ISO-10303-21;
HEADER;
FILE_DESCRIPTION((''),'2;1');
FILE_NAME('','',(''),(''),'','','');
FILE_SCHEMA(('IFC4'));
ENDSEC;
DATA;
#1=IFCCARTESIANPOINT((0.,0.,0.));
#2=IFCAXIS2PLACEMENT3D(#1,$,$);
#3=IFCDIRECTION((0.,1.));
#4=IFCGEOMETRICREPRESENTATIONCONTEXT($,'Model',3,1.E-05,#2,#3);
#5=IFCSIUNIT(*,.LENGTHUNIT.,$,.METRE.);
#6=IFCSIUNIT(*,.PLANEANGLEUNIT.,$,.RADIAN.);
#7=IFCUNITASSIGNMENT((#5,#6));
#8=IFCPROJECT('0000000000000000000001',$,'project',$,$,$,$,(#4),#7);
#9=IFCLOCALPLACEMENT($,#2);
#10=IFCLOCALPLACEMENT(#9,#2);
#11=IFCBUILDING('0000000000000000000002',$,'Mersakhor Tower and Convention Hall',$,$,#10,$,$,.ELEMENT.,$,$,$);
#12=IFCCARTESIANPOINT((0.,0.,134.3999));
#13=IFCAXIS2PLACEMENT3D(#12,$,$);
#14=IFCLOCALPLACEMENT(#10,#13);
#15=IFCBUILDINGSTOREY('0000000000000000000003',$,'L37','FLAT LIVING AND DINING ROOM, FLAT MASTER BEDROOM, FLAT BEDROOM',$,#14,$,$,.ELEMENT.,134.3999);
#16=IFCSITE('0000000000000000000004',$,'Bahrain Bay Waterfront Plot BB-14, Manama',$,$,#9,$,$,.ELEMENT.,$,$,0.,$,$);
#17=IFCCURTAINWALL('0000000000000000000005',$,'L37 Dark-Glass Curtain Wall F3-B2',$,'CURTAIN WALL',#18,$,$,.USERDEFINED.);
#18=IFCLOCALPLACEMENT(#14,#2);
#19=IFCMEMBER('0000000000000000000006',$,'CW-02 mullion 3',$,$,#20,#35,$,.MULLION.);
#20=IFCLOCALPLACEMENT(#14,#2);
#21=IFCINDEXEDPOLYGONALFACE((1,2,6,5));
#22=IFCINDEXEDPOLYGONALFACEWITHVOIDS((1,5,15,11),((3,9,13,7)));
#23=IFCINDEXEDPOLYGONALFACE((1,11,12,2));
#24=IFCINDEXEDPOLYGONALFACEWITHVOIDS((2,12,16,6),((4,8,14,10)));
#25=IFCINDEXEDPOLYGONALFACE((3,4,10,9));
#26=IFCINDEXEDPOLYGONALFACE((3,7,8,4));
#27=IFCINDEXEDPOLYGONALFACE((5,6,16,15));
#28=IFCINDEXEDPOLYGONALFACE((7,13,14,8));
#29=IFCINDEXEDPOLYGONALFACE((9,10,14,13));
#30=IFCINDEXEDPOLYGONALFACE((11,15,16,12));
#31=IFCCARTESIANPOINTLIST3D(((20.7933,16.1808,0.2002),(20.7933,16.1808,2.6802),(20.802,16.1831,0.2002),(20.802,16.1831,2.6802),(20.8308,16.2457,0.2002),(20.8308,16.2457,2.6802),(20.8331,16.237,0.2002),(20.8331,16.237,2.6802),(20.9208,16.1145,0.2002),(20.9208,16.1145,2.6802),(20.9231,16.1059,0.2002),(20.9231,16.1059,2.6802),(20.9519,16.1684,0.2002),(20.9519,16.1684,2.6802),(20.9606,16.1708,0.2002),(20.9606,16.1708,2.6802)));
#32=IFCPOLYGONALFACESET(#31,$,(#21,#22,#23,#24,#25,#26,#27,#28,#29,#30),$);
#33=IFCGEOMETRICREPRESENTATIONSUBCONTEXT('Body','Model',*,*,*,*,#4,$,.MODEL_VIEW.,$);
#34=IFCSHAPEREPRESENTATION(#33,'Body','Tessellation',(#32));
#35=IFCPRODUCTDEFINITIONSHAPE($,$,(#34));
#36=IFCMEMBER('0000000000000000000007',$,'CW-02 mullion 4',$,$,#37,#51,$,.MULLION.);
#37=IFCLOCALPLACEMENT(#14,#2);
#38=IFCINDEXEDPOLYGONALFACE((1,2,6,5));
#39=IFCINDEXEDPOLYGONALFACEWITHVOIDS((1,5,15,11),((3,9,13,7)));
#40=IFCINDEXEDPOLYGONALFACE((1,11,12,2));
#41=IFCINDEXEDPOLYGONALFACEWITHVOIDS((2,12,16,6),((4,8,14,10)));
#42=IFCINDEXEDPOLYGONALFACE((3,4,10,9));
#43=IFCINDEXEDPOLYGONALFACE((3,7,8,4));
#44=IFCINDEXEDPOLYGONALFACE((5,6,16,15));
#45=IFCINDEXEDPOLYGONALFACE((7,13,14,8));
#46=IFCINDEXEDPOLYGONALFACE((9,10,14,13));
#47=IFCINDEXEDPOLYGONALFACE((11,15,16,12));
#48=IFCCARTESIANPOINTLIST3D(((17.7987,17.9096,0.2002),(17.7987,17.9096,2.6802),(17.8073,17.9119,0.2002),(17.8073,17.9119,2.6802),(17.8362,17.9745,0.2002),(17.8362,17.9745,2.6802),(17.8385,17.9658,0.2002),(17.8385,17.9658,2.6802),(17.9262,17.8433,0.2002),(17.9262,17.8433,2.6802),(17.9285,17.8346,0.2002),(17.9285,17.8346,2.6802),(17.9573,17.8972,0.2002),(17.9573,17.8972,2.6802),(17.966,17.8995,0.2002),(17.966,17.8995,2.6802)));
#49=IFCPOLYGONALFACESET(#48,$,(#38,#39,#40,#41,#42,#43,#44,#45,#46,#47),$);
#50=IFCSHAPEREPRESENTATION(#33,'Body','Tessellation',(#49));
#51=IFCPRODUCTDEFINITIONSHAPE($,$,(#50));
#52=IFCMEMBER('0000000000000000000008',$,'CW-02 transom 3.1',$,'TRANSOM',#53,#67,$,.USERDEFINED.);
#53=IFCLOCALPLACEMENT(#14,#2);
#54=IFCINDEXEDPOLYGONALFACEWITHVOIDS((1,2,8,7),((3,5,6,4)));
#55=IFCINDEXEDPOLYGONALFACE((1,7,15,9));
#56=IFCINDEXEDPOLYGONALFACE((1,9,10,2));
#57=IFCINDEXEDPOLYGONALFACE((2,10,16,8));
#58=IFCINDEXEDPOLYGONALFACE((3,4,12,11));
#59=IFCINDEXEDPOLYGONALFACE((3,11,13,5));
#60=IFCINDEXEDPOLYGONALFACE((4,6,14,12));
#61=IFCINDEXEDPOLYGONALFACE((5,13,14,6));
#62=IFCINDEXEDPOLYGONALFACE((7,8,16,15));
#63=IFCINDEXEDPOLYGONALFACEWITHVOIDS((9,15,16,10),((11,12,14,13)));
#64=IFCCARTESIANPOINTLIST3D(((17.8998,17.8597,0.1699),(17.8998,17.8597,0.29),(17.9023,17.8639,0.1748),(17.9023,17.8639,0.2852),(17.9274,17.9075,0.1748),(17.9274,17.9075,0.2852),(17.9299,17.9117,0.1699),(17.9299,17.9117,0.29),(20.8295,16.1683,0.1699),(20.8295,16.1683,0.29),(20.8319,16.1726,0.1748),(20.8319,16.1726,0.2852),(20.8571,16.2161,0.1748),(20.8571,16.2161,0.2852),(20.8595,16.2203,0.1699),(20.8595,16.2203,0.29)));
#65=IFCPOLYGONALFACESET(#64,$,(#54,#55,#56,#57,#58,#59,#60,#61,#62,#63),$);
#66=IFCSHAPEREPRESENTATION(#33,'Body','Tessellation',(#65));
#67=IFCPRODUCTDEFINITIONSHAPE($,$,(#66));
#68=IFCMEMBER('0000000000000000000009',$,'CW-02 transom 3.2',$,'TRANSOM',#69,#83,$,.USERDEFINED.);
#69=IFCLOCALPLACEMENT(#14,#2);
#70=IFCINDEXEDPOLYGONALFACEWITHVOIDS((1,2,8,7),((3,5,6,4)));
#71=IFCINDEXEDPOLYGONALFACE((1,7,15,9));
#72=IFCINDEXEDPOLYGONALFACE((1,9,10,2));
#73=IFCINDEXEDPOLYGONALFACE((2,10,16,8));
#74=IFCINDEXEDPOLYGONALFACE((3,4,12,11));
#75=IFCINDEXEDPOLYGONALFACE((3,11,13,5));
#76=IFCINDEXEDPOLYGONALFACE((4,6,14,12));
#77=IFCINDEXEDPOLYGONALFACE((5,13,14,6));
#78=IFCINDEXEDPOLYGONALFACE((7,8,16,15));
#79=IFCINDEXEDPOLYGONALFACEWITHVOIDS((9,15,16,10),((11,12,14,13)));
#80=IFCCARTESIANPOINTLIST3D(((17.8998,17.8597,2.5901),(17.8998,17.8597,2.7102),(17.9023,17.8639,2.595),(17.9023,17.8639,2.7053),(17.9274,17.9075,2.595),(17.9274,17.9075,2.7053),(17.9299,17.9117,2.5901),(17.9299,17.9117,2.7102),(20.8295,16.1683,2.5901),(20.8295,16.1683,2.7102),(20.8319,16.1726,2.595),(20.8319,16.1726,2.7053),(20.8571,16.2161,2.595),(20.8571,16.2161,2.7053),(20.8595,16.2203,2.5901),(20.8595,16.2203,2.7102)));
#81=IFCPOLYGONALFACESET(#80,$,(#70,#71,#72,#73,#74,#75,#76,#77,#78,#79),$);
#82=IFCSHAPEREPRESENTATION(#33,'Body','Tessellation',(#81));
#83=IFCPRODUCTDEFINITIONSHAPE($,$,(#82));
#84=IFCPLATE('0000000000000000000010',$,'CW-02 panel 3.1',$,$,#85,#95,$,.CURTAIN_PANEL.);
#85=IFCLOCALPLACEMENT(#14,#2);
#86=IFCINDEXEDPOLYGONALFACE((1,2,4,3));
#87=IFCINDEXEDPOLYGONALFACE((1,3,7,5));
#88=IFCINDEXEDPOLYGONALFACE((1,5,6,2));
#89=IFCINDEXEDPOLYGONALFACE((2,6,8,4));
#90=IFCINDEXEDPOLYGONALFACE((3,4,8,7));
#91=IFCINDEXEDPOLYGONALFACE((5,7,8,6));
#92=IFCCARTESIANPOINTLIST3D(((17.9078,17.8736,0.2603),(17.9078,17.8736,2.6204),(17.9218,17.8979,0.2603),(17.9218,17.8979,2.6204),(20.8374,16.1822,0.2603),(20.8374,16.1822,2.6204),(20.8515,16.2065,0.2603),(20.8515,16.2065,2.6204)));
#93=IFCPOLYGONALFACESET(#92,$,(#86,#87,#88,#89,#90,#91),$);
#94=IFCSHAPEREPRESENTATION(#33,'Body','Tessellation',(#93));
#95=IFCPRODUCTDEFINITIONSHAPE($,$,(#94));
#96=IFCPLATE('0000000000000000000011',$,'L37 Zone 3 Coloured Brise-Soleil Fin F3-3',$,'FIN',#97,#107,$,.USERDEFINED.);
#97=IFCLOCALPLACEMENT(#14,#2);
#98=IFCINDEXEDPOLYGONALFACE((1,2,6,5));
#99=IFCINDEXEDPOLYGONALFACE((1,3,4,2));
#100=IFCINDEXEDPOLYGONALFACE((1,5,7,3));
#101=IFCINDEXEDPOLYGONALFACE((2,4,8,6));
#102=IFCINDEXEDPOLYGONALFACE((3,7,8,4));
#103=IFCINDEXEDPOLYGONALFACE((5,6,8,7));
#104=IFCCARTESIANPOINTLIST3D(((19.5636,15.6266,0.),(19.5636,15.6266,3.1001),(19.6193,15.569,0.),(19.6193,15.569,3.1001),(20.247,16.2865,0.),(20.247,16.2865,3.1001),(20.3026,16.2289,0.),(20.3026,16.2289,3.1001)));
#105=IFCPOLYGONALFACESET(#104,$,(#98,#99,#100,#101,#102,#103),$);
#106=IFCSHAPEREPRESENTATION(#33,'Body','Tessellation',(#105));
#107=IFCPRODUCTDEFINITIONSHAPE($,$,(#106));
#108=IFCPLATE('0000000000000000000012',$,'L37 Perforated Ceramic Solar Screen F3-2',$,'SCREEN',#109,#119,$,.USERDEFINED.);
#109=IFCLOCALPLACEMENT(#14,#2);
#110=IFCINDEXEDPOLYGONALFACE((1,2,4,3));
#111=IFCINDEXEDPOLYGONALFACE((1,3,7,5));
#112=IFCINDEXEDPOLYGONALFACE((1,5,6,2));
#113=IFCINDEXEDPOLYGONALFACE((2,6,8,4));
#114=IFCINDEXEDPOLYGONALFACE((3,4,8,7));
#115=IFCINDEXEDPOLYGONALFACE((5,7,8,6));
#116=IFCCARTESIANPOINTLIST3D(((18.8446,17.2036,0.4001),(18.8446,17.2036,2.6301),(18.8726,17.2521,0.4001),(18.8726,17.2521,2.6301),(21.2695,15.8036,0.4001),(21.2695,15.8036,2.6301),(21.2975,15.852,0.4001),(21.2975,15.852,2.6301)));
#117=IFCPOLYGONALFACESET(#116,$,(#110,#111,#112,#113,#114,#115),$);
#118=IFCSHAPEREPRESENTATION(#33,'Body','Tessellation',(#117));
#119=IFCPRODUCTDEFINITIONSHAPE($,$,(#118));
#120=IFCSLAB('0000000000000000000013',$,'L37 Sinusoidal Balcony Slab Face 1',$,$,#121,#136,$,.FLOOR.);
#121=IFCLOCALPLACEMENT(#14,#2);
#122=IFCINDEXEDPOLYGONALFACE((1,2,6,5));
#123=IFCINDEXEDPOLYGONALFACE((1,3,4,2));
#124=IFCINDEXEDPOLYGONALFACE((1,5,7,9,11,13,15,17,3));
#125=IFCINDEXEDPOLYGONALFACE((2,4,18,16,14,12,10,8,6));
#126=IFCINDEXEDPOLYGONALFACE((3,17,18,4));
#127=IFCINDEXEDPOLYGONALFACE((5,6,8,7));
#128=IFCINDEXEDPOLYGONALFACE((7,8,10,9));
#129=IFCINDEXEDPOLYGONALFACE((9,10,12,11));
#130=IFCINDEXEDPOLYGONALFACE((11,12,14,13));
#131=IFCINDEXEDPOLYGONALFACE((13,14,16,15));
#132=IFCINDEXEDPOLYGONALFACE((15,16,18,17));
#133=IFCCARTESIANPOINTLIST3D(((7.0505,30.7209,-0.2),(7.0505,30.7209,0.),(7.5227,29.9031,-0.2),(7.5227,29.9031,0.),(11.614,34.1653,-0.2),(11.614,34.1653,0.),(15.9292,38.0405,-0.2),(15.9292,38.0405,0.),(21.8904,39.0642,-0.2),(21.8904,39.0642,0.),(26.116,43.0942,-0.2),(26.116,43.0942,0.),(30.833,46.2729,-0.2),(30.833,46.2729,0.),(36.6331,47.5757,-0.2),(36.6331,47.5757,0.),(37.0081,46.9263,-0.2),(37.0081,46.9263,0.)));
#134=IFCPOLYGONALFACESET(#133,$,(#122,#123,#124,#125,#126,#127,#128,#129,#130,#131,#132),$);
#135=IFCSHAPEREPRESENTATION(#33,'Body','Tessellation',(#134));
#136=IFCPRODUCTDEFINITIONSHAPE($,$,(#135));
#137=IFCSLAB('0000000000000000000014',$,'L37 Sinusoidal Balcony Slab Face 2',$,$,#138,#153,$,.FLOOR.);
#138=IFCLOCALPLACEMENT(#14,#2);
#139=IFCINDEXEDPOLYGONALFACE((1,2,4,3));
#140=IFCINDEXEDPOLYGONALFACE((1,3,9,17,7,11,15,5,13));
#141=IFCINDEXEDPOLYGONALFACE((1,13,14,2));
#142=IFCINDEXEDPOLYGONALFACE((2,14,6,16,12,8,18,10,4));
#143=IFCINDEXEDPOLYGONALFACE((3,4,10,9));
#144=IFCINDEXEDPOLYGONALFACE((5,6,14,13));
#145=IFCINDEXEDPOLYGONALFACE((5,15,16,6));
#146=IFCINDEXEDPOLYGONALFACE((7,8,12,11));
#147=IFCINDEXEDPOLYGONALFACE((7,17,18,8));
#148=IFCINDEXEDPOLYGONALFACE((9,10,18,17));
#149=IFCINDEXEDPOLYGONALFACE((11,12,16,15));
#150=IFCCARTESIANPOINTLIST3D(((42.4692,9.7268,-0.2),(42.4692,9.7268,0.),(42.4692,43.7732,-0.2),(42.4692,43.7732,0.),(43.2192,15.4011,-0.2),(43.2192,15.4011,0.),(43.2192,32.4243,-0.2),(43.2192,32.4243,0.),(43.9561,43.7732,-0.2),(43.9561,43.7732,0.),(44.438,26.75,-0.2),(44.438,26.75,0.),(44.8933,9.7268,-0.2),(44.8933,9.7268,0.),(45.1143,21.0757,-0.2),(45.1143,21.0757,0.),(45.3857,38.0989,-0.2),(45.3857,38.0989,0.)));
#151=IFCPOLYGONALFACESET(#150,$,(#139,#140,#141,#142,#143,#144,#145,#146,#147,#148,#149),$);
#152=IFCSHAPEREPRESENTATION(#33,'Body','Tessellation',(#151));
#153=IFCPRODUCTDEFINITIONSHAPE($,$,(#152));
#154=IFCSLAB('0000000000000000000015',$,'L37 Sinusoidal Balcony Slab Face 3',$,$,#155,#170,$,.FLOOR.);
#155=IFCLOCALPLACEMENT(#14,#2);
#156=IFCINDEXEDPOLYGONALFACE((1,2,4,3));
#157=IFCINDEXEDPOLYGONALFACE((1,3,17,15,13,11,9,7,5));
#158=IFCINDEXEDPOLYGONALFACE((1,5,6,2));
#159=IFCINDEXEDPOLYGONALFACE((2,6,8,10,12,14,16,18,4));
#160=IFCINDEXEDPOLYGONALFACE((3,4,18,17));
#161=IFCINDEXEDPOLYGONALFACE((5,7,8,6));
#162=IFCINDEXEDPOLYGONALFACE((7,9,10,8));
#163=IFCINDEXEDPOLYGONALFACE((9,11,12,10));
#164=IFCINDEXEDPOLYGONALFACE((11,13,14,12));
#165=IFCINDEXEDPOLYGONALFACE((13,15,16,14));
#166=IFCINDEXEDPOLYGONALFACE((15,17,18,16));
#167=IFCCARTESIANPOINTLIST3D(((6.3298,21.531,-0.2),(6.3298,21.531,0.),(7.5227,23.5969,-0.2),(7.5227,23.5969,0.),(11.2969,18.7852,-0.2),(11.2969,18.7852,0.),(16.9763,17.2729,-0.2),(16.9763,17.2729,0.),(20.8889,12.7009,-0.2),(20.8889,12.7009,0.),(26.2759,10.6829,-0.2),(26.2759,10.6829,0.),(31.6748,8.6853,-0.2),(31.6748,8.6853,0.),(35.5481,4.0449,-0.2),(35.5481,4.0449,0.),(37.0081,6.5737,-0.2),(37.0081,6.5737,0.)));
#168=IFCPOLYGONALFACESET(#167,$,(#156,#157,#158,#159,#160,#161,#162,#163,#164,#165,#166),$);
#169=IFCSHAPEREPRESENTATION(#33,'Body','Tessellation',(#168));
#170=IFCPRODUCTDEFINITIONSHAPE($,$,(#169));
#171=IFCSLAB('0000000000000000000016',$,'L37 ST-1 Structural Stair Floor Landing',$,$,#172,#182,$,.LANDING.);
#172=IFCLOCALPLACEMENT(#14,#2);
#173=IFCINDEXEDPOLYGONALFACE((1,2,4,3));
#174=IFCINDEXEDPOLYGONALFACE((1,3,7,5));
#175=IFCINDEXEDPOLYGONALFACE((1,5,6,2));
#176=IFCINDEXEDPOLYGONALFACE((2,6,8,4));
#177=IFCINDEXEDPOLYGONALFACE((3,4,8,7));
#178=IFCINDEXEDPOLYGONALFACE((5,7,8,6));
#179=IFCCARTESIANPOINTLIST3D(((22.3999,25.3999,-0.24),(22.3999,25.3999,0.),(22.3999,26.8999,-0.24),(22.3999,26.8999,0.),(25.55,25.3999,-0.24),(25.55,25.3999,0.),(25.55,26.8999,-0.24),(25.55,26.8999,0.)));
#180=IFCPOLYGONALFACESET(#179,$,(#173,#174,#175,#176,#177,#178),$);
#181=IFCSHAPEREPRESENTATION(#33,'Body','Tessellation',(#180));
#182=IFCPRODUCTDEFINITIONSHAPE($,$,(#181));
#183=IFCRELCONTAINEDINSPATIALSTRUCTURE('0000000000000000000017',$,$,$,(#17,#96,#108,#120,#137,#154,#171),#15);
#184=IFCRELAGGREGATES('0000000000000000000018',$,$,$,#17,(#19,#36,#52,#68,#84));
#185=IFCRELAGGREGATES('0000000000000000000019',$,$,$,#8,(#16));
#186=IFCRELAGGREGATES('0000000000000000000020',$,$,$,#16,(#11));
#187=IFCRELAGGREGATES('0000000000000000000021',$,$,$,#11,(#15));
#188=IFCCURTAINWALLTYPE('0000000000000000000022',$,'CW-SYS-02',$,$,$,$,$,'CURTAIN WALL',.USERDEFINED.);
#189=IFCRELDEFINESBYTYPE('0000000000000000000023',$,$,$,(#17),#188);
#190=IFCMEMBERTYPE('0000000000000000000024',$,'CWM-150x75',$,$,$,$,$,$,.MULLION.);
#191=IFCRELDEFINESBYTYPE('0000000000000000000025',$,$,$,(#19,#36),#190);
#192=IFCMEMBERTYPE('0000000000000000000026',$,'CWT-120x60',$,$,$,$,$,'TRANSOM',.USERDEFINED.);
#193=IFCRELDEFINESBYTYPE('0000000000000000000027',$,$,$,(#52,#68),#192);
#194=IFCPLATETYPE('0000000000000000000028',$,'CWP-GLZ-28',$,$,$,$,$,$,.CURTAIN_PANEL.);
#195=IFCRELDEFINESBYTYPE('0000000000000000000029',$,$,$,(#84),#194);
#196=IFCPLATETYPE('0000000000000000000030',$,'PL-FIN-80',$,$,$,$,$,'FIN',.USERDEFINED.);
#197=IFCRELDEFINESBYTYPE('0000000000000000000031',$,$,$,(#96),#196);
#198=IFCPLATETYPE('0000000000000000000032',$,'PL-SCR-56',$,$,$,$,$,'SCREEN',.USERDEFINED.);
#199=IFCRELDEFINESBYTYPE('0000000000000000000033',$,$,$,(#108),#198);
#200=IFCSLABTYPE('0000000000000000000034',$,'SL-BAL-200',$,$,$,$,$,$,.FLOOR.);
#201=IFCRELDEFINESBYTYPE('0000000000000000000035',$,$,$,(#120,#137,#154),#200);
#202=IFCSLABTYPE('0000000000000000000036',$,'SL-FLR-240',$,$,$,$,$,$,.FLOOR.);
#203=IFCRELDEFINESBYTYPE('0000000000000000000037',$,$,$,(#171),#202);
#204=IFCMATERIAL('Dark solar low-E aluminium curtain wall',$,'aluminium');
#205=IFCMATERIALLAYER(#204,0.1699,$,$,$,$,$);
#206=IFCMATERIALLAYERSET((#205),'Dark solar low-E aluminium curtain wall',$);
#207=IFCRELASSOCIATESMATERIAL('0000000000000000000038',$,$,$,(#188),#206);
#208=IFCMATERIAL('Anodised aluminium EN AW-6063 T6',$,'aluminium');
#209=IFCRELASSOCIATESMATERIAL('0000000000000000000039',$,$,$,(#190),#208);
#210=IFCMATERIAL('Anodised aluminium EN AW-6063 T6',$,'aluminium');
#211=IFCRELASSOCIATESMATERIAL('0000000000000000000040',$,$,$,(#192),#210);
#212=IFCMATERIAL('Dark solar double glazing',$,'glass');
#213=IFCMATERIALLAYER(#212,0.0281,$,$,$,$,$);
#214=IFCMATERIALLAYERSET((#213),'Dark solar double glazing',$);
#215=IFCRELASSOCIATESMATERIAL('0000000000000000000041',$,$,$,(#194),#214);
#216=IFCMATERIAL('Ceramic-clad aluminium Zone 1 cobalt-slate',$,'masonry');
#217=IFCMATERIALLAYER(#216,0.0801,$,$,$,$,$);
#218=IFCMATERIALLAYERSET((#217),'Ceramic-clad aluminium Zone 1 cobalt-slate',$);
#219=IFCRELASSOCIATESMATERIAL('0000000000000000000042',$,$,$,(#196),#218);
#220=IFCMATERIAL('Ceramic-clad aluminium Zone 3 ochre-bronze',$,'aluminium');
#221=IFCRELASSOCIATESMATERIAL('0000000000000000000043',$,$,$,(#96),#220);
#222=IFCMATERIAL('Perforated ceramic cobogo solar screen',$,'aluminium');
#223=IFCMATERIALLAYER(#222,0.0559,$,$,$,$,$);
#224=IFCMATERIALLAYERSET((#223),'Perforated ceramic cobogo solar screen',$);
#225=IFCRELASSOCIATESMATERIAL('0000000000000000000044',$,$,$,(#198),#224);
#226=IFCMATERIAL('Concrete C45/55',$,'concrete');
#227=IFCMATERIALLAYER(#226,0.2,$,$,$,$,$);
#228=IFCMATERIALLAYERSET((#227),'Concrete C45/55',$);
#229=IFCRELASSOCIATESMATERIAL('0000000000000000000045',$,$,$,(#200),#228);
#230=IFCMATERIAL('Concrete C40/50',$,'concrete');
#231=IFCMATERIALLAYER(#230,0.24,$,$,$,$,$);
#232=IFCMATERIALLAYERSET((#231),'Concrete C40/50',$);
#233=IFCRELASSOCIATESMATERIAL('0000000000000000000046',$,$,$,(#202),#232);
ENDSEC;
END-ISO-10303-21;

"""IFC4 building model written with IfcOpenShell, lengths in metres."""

from ifc_helpers import new_model, si_unit, direction, frame, origin, origin_2d, place, context, subcontext, project, spatial, polyline, rectangle, hollow_rectangle, outline, extrude, material, layer, layer_set, material_profile, profile_set, type_object, element, aggregate, save


model = new_model("IFC4")

# Units and contexts
model_context = context("Model", 3, precision=1e-05, world=origin(), true_north=direction((0.0, 1.0)))
body_context = subcontext(model_context, "Body", "Model", "MODEL_VIEW")
ifc_project = project(units=[si_unit("LENGTHUNIT", "METRE"), si_unit("PLANEANGLEUNIT", "RADIAN")], contexts=[model_context])

# Site, building, storey
site_placement = place(None, origin())
site = spatial("IfcSite", under=ifc_project, at=site_placement, Name="Bahrain Bay Waterfront Plot BB-14, Manama", CompositionType="ELEMENT", RefElevation=0.0)
building_placement = place(site_placement, origin())
building = spatial("IfcBuilding", under=site, at=building_placement, Name="Mersakhor Tower and Convention Hall", CompositionType="ELEMENT")
storey_placement = place(building_placement, frame((0.0, 0.0, 134.3999)))
storey = spatial("IfcBuildingStorey", under=building, at=storey_placement, Name="L37", Description="FLAT LIVING AND DINING ROOM, FLAT MASTER BEDROOM, FLAT BEDROOM", CompositionType="ELEMENT", Elevation=134.3999)

# Curtain wall, members, plate
ifc_material_1 = material(Name="Dark solar low-E aluminium curtain wall", Category="aluminium")
ifc_layer_1 = layer(ifc_material_1, 0.1699)
ifc_layer_set_1 = layer_set([ifc_layer_1], Name="Dark solar low-E aluminium curtain wall")
curtain_wall_type = type_object("IfcCurtainWallType", Name="CW-SYS-02", ElementType="CURTAIN WALL", PredefinedType="USERDEFINED", material=ifc_layer_set_1)
curtain_wall_placement = place(storey_placement, origin())
curtain_wall = element("IfcCurtainWall", 1, at=curtain_wall_placement, inside=storey, type_object=curtain_wall_type, Name="L37 Dark-Glass Curtain Wall F3-B2", ObjectType="CURTAIN WALL", PredefinedType="USERDEFINED")
ifc_material_2 = material(Name="Anodised aluminium EN AW-6063 T6", Category="aluminium")
ifc_material_profile_1 = material_profile(ifc_material_2, hollow_rectangle(XDim=0.075, YDim=0.1499, WallThickness=0.0063, at=origin_2d()), Name="RHS 150x75x6.3")
ifc_profile_set_1 = profile_set([ifc_material_profile_1], Name="Anodised aluminium EN AW-6063 T6")
member_type_1 = type_object("IfcMemberType", Name="CWM-150x75", PredefinedType="MULLION", material=ifc_profile_set_1)
member_1_placement = place(storey_placement, frame((20.877, 16.1758, 0.2002), z_axis=(0.0, 0.0, 1.0), x_axis=(-0.49999, -0.866031, 0.0)))
member_1 = element("IfcMember", 2, at=member_1_placement, type_object=member_type_1, Name="CW-02 mullion 3", PredefinedType="MULLION", context=body_context, shape_type="SweptSolid", body=[
    extrude(hollow_rectangle(XDim=0.075, YDim=0.1499, WallThickness=0.0063, at=origin_2d()), origin(), (0.0, 0.0, 1.0), 2.48),
])
member_2_placement = place(storey_placement, frame((17.8823, 17.9045, 0.2002), z_axis=(0.0, 0.0, 1.0), x_axis=(-0.49999, -0.866031, 0.0)))
member_2 = element("IfcMember", 3, at=member_2_placement, type_object=member_type_1, Name="CW-02 mullion 4", PredefinedType="MULLION", context=body_context, shape_type="SweptSolid", body=[
    extrude(hollow_rectangle(XDim=0.075, YDim=0.1499, WallThickness=0.0063, at=origin_2d()), origin(), (0.0, 0.0, 1.0), 2.48),
])
ifc_material_3 = material(Name="Anodised aluminium EN AW-6063 T6", Category="aluminium")
ifc_material_profile_2 = material_profile(ifc_material_3, hollow_rectangle(XDim=0.0601, YDim=0.1201, WallThickness=0.0049, at=origin_2d()), Name="RHS 120x60x5")
ifc_profile_set_2 = profile_set([ifc_material_profile_2], Name="Anodised aluminium EN AW-6063 T6")
member_type_2 = type_object("IfcMemberType", Name="CWT-120x60", ElementType="TRANSOM", PredefinedType="USERDEFINED", material=ifc_profile_set_2)
member_3_placement = place(storey_placement, frame((20.8445, 16.1943, 0.23), z_axis=(-0.866032, 0.499989, 0.0), x_axis=(-0.499989, -0.866032, 0.0)))
member_3 = element("IfcMember", 4, at=member_3_placement, type_object=member_type_2, Name="CW-02 transom 3.1", ObjectType="TRANSOM", PredefinedType="USERDEFINED", context=body_context, shape_type="SweptSolid", body=[
    extrude(hollow_rectangle(XDim=0.0601, YDim=0.1201, WallThickness=0.0049, at=origin_2d()), origin(), (0.0, 0.0, 1.0), 3.3828),
])
member_4_placement = place(storey_placement, frame((20.8445, 16.1943, 2.6501), z_axis=(-0.866032, 0.499989, 0.0), x_axis=(-0.499989, -0.866032, 0.0)))
member_4 = element("IfcMember", 5, at=member_4_placement, type_object=member_type_2, Name="CW-02 transom 3.2", ObjectType="TRANSOM", PredefinedType="USERDEFINED", context=body_context, shape_type="SweptSolid", body=[
    extrude(hollow_rectangle(XDim=0.0601, YDim=0.1201, WallThickness=0.0049, at=origin_2d()), origin(), (0.0, 0.0, 1.0), 3.3828),
])
ifc_material_4 = material(Name="Dark solar double glazing", Category="glass")
ifc_layer_2 = layer(ifc_material_4, 0.0281)
ifc_layer_set_2 = layer_set([ifc_layer_2], Name="Dark solar double glazing")
plate_type_1 = type_object("IfcPlateType", Name="CWP-GLZ-28", PredefinedType="CURTAIN_PANEL", material=ifc_layer_set_2)
plate_1_placement = place(storey_placement, frame((19.3796, 17.04, 0.2603), z_axis=(0.0, 0.0, 1.0), x_axis=(-0.866031, 0.49999, 0.0)))
plate_1 = element("IfcPlate", 6, at=plate_1_placement, type_object=plate_type_1, Name="CW-02 panel 3.1", PredefinedType="CURTAIN_PANEL", context=body_context, shape_type="SweptSolid", body=[
    extrude(rectangle(XDim=3.3828, YDim=0.0281, at=origin_2d()), origin(), (0.0, 0.0, 1.0), 2.3601),
])
aggregate(curtain_wall, [member_1, member_2, member_3, member_4, plate_1])

# Plates
ifc_material_5 = material(Name="Ceramic-clad aluminium Zone 3 ochre-bronze", Category="aluminium")
ifc_material_6 = material(Name="Ceramic-clad aluminium Zone 1 cobalt-slate", Category="masonry")
ifc_layer_3 = layer(ifc_material_6, 0.0801)
ifc_layer_set_3 = layer_set([ifc_layer_3], Name="Ceramic-clad aluminium Zone 1 cobalt-slate")
plate_type_2 = type_object("IfcPlateType", Name="PL-FIN-80", ElementType="FIN", PredefinedType="USERDEFINED", material=ifc_layer_set_3)
plate_2_placement = place(storey_placement, frame((19.9331, 15.9277, 0.0), z_axis=(0.0, 0.0, 1.0), x_axis=(-0.71934, -0.694658, 0.0)))
element("IfcPlate", 7, at=plate_2_placement, inside=storey, type_object=plate_type_2, material=ifc_material_5, Name="L37 Zone 3 Coloured Brise-Soleil Fin F3-3", ObjectType="FIN", PredefinedType="USERDEFINED", context=body_context, shape_type="SweptSolid", body=[
    extrude(rectangle(XDim=0.95, YDim=0.0801, at=origin_2d()), origin(), (0.0, 0.0, 1.0), 3.1001),
])
ifc_material_7 = material(Name="Perforated ceramic cobogo solar screen", Category="aluminium")
ifc_layer_4 = layer(ifc_material_7, 0.0559)
ifc_layer_set_4 = layer_set([ifc_layer_4], Name="Perforated ceramic cobogo solar screen")
plate_type_3 = type_object("IfcPlateType", Name="PL-SCR-56", ElementType="SCREEN", PredefinedType="USERDEFINED", material=ifc_layer_set_4)
plate_3_placement = place(storey_placement, frame((20.071, 16.5278, 0.4001), z_axis=(0.0, 0.0, 1.0), x_axis=(-0.866025, 0.5, 0.0)))
element("IfcPlate", 8, at=plate_3_placement, inside=storey, type_object=plate_type_3, Name="L37 Perforated Ceramic Solar Screen F3-2", ObjectType="SCREEN", PredefinedType="USERDEFINED", context=body_context, shape_type="SweptSolid", body=[
    extrude(rectangle(XDim=2.8, YDim=0.0559, at=origin_2d()), origin(), (0.0, 0.0, 1.0), 2.23),
])

# Slabs
ifc_material_8 = material(Name="Concrete C45/55", Category="concrete")
ifc_layer_5 = layer(ifc_material_8, 0.2)
ifc_layer_set_5 = layer_set([ifc_layer_5], Name="Concrete C45/55")
slab_type_1 = type_object("IfcSlabType", Name="SL-BAL-200", PredefinedType="FLOOR", material=ifc_layer_set_5)
slab_1_placement = place(storey_placement, frame((0.0, 0.0, -0.2)))
element("IfcSlab", 9, at=slab_1_placement, inside=storey, type_object=slab_type_1, Name="L37 Sinusoidal Balcony Slab Face 1", PredefinedType="FLOOR", context=body_context, shape_type="SweptSolid", body=[
    extrude(outline(polyline([(7.5227, 29.9031), (37.0081, 46.9263), (36.6331, 47.5757), (30.833, 46.2729), (26.116, 43.0942), (21.8904, 39.0642), (15.9292, 38.0405), (11.614, 34.1653), (7.0505, 30.7209), (7.5227, 29.9031)])), origin(), (0.0, 0.0, 1.0), 0.2),
])
slab_2_placement = place(storey_placement, frame((0.0, 0.0, -0.2)))
element("IfcSlab", 10, at=slab_2_placement, inside=storey, type_object=slab_type_1, Name="L37 Sinusoidal Balcony Slab Face 2", PredefinedType="FLOOR", context=body_context, shape_type="SweptSolid", body=[
    extrude(outline(polyline([(42.4692, 43.7732), (42.4692, 9.7268), (44.8933, 9.7268), (43.2192, 15.4011), (45.1143, 21.0757), (44.438, 26.75), (43.2192, 32.4243), (45.3857, 38.0989), (43.9561, 43.7732), (42.4692, 43.7732)])), origin(), (0.0, 0.0, 1.0), 0.2),
])
slab_3_placement = place(storey_placement, frame((0.0, 0.0, -0.2)))
element("IfcSlab", 11, at=slab_3_placement, inside=storey, type_object=slab_type_1, Name="L37 Sinusoidal Balcony Slab Face 3", PredefinedType="FLOOR", context=body_context, shape_type="SweptSolid", body=[
    extrude(outline(polyline([(37.0081, 6.5737), (7.5227, 23.5969), (6.3298, 21.531), (11.2969, 18.7852), (16.9763, 17.2729), (20.8889, 12.7009), (26.2759, 10.6829), (31.6748, 8.6853), (35.5481, 4.0449), (37.0081, 6.5737)])), origin(), (0.0, 0.0, 1.0), 0.2),
])
ifc_material_9 = material(Name="Concrete C40/50", Category="concrete")
ifc_layer_6 = layer(ifc_material_9, 0.24)
ifc_layer_set_6 = layer_set([ifc_layer_6], Name="Concrete C40/50")
slab_type_2 = type_object("IfcSlabType", Name="SL-FLR-240", PredefinedType="FLOOR", material=ifc_layer_set_6)
slab_4_placement = place(storey_placement, frame((0.0, 0.0, -0.24)))
element("IfcSlab", 12, at=slab_4_placement, inside=storey, type_object=slab_type_2, Name="L37 ST-1 Structural Stair Floor Landing", PredefinedType="LANDING", context=body_context, shape_type="SweptSolid", body=[
    extrude(outline(polyline([(25.55, 25.3999), (25.55, 26.8999), (22.3999, 26.8999), (22.3999, 25.3999), (25.55, 25.3999)])), origin(), (0.0, 0.0, 1.0), 0.24),
])

save(model, "model.ifc")
